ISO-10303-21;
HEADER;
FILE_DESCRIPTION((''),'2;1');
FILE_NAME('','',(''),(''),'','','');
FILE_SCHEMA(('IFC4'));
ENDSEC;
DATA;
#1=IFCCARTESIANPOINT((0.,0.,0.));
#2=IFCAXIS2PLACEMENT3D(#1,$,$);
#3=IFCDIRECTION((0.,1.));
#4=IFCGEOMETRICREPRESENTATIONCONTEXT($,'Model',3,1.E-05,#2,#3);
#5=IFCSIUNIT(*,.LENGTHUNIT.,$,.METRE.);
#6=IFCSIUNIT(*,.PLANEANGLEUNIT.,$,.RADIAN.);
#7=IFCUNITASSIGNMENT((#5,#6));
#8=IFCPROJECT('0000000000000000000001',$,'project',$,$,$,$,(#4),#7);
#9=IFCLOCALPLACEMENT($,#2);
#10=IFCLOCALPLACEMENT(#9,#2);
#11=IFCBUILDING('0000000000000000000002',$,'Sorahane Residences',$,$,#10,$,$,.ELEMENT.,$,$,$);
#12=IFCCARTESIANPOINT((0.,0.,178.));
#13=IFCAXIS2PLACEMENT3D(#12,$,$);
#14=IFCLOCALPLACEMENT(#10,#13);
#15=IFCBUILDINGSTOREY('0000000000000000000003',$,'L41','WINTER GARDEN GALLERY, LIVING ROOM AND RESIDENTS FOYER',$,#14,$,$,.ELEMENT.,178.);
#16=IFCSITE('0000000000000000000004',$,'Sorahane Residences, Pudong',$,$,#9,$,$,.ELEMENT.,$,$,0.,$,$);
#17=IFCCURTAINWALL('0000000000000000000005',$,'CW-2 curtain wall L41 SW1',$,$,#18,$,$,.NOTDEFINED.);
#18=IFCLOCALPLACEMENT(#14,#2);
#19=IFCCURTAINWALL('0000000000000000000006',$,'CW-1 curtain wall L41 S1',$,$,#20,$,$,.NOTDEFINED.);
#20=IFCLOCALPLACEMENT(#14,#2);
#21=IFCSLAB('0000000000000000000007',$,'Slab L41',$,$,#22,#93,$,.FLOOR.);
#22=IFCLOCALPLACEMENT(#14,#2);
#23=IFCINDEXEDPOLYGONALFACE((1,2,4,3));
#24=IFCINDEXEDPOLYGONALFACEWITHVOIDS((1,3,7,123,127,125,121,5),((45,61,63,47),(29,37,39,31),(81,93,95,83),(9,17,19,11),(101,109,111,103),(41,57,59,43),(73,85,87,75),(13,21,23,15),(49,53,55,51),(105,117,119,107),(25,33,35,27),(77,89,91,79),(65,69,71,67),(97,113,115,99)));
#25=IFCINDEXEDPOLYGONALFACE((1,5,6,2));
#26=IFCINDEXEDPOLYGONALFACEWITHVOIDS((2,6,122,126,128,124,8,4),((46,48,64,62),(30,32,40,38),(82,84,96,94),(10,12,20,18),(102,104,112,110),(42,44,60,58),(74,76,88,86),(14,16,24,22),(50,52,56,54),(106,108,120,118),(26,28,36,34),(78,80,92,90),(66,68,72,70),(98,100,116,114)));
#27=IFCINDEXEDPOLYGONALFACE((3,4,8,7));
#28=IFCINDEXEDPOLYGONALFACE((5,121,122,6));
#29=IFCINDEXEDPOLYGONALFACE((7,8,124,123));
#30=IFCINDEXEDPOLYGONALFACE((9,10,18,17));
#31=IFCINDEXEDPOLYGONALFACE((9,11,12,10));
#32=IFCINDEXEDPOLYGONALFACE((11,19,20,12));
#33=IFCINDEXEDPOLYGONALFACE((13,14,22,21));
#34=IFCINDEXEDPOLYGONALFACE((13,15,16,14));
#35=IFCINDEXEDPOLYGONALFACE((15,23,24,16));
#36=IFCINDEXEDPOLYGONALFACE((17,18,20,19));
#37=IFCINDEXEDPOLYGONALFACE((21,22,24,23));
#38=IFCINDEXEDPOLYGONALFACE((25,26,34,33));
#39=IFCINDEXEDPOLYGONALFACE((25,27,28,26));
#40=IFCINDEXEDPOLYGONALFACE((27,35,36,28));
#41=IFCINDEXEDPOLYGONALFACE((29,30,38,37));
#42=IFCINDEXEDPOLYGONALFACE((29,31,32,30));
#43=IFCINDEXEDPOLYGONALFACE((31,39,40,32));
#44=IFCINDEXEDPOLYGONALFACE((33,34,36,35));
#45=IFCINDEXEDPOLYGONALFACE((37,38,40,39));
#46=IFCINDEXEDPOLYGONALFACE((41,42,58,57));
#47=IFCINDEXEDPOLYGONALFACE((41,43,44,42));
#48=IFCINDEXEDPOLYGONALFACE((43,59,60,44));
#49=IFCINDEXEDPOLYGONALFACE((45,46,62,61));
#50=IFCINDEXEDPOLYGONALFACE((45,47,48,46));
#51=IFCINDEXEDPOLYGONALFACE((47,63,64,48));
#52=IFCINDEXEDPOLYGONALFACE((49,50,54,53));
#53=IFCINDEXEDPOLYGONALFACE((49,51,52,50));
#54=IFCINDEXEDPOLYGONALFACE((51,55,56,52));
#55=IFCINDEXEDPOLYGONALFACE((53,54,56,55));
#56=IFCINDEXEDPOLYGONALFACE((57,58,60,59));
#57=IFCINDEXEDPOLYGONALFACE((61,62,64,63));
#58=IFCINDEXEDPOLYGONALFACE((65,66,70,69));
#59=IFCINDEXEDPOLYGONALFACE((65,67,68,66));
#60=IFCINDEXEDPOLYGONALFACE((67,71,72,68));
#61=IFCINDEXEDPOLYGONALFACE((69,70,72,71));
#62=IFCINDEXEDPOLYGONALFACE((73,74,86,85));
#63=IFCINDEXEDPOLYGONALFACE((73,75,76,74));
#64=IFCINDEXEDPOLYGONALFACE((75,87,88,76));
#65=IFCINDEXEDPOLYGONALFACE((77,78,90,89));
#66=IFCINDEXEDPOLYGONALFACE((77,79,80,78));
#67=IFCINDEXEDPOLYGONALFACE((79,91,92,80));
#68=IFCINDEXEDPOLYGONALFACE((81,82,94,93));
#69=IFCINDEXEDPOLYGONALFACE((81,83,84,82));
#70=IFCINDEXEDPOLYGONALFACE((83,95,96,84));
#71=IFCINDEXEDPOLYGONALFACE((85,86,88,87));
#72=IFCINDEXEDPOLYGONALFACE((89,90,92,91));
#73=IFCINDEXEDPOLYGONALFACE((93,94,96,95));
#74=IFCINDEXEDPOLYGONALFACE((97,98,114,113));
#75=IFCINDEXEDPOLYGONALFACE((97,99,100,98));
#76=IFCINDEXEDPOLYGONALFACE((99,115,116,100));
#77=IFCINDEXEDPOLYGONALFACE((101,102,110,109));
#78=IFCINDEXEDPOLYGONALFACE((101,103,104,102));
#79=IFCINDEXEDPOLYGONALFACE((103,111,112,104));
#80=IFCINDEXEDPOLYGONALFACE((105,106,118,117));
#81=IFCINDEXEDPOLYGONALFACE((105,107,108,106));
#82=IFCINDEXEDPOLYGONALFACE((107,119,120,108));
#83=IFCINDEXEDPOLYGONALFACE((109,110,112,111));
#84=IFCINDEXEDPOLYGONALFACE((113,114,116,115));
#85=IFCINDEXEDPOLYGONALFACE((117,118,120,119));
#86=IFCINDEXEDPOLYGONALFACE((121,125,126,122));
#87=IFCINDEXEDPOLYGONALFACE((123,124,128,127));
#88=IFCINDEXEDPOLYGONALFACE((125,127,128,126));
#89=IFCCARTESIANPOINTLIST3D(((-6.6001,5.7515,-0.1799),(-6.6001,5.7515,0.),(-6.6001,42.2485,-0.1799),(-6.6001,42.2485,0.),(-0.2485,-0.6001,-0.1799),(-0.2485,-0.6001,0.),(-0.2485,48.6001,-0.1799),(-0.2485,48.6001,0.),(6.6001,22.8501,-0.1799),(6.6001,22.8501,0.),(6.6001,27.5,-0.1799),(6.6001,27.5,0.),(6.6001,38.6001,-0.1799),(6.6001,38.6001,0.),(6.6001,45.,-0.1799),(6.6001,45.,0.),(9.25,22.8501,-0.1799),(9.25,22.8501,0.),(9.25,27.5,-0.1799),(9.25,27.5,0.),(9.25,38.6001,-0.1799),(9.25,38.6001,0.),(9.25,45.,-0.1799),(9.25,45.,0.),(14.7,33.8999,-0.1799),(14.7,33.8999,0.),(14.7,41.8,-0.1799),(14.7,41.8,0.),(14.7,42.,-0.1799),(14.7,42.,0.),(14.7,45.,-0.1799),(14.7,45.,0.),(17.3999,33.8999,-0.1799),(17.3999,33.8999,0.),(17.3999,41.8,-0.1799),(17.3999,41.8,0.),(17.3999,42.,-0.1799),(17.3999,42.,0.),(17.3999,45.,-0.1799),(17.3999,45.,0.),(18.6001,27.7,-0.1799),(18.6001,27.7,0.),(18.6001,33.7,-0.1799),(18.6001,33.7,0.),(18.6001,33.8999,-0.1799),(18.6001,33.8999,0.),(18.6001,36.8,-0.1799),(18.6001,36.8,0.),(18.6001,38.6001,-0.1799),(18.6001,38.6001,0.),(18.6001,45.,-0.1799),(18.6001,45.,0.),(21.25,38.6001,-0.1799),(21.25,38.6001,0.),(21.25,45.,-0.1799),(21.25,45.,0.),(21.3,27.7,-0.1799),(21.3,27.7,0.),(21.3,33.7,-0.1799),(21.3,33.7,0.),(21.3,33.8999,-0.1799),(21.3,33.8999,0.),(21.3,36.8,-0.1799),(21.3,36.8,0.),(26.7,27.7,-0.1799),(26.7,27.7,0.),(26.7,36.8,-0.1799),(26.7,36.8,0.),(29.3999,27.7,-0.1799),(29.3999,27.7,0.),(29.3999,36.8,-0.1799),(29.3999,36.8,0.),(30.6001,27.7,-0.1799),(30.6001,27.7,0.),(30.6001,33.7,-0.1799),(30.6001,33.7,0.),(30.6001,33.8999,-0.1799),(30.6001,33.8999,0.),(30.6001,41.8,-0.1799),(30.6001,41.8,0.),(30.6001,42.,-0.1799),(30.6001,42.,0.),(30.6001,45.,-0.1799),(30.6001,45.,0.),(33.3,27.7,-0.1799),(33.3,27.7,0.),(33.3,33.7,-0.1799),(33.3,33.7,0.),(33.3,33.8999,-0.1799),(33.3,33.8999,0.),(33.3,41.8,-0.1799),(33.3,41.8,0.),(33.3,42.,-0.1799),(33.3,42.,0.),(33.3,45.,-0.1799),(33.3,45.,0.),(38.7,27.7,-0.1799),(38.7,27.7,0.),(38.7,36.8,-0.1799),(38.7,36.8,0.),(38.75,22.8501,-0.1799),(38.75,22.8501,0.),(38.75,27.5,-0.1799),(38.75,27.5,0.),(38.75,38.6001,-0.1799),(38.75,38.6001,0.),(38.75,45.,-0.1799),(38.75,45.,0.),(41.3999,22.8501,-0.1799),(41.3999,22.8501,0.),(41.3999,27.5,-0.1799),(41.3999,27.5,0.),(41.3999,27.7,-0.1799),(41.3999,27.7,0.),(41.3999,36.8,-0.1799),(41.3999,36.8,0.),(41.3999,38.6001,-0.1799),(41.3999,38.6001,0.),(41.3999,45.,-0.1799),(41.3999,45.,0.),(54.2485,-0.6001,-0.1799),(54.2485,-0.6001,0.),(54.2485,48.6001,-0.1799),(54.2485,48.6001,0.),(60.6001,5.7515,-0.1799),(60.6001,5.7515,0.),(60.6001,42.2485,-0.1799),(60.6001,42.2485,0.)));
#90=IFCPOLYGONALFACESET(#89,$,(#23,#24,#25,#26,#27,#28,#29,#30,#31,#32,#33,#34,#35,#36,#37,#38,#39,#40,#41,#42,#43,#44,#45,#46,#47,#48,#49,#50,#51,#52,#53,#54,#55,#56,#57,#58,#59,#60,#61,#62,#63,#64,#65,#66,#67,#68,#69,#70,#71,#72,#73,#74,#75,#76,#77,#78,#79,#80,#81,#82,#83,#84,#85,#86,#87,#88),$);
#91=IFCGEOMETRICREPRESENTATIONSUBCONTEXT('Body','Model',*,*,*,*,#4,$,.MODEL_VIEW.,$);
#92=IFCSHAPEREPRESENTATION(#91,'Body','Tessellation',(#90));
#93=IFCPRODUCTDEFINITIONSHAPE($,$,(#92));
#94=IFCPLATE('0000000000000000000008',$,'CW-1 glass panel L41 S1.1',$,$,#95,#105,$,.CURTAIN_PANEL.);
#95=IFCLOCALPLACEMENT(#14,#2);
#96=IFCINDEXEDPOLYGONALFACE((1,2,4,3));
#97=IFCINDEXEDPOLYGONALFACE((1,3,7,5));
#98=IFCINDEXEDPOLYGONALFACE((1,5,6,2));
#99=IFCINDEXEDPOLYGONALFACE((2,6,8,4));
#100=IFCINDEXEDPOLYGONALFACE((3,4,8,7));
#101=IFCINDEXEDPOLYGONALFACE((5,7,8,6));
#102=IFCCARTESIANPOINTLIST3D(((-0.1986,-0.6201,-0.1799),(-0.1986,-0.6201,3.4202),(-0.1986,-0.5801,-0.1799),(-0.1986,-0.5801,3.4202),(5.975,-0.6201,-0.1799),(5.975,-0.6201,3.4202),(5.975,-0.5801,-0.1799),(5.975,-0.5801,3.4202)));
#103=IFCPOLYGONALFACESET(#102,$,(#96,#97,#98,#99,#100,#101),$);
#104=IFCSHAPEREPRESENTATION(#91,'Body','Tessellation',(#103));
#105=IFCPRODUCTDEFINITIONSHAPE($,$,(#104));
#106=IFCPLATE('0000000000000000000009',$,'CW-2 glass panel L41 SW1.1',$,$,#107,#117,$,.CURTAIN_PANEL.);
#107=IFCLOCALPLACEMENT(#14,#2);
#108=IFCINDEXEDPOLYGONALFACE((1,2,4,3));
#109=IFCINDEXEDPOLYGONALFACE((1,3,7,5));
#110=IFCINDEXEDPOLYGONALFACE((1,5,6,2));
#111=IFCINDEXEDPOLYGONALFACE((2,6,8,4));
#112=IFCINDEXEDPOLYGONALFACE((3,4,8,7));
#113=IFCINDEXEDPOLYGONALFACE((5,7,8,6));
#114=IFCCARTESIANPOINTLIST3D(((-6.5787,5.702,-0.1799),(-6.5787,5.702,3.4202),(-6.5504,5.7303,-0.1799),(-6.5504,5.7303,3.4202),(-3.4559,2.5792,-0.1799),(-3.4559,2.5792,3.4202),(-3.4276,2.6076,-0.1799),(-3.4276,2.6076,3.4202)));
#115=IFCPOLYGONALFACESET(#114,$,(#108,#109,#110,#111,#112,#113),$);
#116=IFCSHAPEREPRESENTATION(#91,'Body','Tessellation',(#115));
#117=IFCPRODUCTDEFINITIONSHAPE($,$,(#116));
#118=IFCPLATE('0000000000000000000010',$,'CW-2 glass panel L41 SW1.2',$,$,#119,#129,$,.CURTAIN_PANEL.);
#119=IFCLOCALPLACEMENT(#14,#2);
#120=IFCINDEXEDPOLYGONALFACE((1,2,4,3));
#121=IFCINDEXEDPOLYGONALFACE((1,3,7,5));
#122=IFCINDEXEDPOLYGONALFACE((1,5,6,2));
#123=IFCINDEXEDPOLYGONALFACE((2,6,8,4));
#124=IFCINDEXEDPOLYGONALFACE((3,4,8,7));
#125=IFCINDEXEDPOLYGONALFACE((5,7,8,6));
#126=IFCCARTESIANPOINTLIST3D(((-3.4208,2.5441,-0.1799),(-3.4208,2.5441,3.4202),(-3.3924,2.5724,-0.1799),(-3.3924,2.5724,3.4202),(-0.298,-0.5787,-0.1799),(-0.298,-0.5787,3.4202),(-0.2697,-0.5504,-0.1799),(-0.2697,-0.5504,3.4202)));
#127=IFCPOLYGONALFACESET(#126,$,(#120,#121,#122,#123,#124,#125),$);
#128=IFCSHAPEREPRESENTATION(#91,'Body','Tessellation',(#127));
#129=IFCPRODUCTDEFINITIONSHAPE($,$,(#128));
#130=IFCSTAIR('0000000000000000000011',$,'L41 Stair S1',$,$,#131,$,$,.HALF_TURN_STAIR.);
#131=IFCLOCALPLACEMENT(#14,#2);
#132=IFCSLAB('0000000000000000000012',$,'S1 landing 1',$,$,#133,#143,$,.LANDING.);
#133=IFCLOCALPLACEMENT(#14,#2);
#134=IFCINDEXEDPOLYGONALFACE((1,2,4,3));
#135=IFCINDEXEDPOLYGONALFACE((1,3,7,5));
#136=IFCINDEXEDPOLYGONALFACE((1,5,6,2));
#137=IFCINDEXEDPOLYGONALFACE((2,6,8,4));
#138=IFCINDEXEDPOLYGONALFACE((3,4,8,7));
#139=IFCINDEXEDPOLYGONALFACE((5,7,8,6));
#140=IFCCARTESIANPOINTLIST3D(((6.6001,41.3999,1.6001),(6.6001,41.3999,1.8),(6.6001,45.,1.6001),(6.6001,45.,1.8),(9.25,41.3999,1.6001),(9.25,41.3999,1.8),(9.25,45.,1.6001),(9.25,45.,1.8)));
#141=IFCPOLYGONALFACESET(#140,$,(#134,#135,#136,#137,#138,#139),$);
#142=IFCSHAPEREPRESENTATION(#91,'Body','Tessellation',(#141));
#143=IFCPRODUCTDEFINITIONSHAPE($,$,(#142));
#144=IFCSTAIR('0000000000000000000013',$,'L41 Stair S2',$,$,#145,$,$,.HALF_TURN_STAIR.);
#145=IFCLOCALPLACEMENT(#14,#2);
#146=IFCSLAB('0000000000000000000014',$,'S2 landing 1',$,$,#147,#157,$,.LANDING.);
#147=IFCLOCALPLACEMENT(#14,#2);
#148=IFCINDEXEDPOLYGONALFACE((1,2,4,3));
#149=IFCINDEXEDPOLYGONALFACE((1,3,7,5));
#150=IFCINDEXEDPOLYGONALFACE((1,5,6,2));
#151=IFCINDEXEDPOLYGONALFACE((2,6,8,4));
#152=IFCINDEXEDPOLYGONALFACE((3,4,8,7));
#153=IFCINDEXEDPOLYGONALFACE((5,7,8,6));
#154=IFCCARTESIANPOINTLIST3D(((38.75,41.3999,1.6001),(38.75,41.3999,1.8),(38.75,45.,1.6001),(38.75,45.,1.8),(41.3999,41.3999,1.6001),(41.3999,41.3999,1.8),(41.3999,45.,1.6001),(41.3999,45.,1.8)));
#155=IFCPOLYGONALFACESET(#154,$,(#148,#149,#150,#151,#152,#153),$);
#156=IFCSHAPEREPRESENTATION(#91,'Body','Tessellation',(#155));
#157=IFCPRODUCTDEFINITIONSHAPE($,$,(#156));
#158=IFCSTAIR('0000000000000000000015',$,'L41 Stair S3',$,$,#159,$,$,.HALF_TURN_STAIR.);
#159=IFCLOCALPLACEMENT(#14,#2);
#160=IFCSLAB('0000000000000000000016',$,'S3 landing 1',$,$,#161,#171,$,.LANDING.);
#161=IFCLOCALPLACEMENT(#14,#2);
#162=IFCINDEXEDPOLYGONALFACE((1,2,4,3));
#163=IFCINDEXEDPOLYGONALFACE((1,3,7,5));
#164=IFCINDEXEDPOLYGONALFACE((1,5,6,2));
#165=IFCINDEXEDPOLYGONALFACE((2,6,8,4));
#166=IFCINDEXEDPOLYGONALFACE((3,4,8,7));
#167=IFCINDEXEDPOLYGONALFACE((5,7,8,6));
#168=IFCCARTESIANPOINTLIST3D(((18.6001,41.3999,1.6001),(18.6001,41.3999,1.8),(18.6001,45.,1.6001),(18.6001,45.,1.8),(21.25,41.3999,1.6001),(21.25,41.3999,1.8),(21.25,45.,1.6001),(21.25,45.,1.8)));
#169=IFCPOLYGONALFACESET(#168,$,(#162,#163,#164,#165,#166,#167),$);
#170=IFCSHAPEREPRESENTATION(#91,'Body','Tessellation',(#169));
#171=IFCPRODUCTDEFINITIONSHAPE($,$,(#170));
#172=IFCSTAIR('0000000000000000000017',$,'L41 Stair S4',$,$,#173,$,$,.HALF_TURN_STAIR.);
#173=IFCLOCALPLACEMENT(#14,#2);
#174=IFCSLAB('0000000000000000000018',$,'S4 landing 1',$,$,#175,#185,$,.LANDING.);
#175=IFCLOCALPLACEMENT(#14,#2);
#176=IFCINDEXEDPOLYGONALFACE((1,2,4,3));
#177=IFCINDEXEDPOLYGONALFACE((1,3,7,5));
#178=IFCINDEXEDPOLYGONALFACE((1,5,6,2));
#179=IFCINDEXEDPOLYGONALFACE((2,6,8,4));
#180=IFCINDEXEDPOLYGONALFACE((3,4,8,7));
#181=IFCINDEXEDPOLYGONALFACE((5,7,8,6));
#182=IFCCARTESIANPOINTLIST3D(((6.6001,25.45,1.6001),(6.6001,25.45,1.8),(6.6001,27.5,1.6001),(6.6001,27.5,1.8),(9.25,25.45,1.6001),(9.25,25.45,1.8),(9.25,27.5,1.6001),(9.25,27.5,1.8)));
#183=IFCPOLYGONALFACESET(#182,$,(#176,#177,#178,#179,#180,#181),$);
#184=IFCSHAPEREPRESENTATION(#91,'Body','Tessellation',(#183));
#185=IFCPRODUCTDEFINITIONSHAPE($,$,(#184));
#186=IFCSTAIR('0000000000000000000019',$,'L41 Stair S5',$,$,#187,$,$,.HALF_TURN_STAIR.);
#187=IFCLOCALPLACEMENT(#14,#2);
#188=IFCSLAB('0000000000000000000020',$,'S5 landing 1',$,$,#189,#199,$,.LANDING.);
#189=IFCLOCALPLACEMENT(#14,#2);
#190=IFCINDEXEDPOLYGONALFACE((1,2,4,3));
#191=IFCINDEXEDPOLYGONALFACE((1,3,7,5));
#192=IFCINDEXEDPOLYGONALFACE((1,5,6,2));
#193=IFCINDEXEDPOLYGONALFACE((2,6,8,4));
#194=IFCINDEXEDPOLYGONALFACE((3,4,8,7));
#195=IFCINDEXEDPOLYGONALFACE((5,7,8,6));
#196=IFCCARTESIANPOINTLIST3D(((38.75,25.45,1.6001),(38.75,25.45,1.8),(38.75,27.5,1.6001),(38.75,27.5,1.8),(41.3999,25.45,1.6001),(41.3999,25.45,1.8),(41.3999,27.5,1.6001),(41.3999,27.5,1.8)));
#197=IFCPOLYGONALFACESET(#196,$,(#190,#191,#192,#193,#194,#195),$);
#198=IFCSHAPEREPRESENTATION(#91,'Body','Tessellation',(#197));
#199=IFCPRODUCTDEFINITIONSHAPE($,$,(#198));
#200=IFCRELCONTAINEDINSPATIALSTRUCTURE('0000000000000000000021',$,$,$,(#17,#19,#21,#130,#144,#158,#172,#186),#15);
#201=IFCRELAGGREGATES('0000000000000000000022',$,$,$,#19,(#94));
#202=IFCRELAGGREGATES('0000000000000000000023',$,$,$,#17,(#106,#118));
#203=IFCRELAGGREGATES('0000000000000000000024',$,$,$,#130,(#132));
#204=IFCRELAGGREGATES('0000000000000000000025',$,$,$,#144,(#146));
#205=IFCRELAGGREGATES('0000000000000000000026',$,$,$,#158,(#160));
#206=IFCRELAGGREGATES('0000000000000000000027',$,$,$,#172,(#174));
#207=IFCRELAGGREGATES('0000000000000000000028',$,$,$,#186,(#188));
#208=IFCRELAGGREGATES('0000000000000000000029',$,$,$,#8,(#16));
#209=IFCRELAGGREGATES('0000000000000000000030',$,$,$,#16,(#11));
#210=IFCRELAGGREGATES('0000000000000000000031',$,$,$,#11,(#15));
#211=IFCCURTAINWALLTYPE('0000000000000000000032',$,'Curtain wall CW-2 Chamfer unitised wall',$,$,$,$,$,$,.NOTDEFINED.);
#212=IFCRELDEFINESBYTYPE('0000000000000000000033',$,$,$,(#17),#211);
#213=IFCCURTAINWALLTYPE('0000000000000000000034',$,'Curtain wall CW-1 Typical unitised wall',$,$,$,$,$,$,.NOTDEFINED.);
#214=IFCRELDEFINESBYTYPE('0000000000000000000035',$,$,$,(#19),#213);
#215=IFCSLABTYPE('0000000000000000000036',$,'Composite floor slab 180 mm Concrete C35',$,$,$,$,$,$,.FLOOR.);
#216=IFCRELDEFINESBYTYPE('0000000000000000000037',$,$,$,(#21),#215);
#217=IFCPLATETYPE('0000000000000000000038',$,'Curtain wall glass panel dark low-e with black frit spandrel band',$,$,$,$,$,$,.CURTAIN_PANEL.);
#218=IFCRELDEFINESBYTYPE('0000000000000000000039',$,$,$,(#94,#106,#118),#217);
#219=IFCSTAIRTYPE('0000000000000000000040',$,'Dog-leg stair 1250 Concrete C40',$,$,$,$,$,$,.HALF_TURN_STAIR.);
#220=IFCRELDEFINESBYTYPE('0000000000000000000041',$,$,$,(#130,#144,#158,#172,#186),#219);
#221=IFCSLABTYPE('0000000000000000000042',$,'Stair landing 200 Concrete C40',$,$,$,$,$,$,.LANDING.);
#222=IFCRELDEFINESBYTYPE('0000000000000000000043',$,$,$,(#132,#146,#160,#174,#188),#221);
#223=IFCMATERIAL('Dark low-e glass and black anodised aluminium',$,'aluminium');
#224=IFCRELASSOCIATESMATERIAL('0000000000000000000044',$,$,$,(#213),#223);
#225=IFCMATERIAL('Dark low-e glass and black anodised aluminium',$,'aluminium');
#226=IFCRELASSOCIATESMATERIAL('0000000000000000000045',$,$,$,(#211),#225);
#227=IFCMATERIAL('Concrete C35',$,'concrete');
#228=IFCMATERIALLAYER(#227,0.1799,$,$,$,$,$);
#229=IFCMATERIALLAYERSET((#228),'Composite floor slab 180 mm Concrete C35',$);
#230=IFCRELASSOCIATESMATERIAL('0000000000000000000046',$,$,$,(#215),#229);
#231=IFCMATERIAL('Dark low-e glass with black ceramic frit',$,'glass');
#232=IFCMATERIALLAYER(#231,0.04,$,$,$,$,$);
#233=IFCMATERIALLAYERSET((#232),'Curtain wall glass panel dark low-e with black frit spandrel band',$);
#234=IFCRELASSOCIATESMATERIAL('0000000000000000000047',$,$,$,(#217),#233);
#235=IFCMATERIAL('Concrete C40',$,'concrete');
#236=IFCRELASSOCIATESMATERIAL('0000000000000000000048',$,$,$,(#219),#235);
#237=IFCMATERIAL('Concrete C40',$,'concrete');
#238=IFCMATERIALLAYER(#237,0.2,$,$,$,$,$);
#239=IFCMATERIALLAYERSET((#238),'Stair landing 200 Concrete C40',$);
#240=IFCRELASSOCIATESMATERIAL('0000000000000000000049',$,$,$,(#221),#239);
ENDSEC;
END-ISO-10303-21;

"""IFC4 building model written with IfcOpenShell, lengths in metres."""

from ifc_helpers import new_model, si_unit, direction, frame, origin, origin_2d, place, context, subcontext, project, spatial, polyline, rectangle, outline, extrude, material, layer, layer_set, type_object, element, aggregate, save


model = new_model("IFC4")

# Units and contexts
model_context = context("Model", 3, precision=1e-05, world=origin(), true_north=direction((0.0, 1.0)))
body_context = subcontext(model_context, "Body", "Model", "MODEL_VIEW")
ifc_project = project(units=[si_unit("LENGTHUNIT", "METRE"), si_unit("PLANEANGLEUNIT", "RADIAN")], contexts=[model_context])

# Site, building, storey
site_placement = place(None, origin())
site = spatial("IfcSite", under=ifc_project, at=site_placement, Name="Sorahane Residences, Pudong", CompositionType="ELEMENT", RefElevation=0.0)
building_placement = place(site_placement, origin())
building = spatial("IfcBuilding", under=site, at=building_placement, Name="Sorahane Residences", CompositionType="ELEMENT")
storey_placement = place(building_placement, frame((0.0, 0.0, 178.0)))
storey = spatial("IfcBuildingStorey", under=building, at=storey_placement, Name="L41", Description="WINTER GARDEN GALLERY, LIVING ROOM AND RESIDENTS FOYER", CompositionType="ELEMENT", Elevation=178.0)

# Shared definitions
ifc_material_1 = material(Name="Dark low-e glass and black anodised aluminium", Category="aluminium")
curtain_wall_type_1 = type_object("IfcCurtainWallType", Name="Curtain wall CW-1 Typical unitised wall", PredefinedType="NOTDEFINED", material=ifc_material_1)

# Curtain wall
ifc_material_2 = material(Name="Dark low-e glass and black anodised aluminium", Category="aluminium")
curtain_wall_type_2 = type_object("IfcCurtainWallType", Name="Curtain wall CW-2 Chamfer unitised wall", PredefinedType="NOTDEFINED", material=ifc_material_2)
curtain_wall_1_placement = place(storey_placement, origin())
curtain_wall_1 = element("IfcCurtainWall", 1, at=curtain_wall_1_placement, inside=storey, type_object=curtain_wall_type_2, Name="CW-2 curtain wall L41 SW1", PredefinedType="NOTDEFINED")

# Curtain wall
curtain_wall_2_placement = place(storey_placement, origin())
curtain_wall_2 = element("IfcCurtainWall", 2, at=curtain_wall_2_placement, inside=storey, type_object=curtain_wall_type_1, Name="CW-1 curtain wall L41 S1", PredefinedType="NOTDEFINED")

# Slab
ifc_material_3 = material(Name="Concrete C35", Category="concrete")
ifc_layer_1 = layer(ifc_material_3, 0.1799)
ifc_layer_set_1 = layer_set([ifc_layer_1], Name="Composite floor slab 180 mm Concrete C35")
slab_type_1 = type_object("IfcSlabType", Name="Composite floor slab 180 mm Concrete C35", PredefinedType="FLOOR", material=ifc_layer_set_1)
slab_1_placement = place(storey_placement, frame((0.0, 0.0, -0.1799)))
element("IfcSlab", 3, at=slab_1_placement, inside=storey, type_object=slab_type_1, Name="Slab L41", PredefinedType="FLOOR", context=body_context, shape_type="SweptSolid", body=[
    extrude(outline(polyline([(-0.2485, -0.6001), (-6.6001, 5.7515), (-6.6001, 42.2485), (-0.2485, 48.6001), (54.2485, 48.6001), (60.6001, 42.2485), (60.6001, 5.7515), (54.2485, -0.6001), (-0.2485, -0.6001)]), holes=[polyline([(18.6001, 27.7), (21.3, 27.7), (21.3, 33.7), (18.6001, 33.7), (18.6001, 27.7)]), polyline([(38.7, 27.7), (41.3999, 27.7), (41.3999, 36.8), (38.7, 36.8), (38.7, 27.7)]), polyline([(30.6001, 27.7), (33.3, 27.7), (33.3, 33.7), (30.6001, 33.7), (30.6001, 27.7)]), polyline([(30.6001, 42.0), (33.3, 42.0), (33.3, 45.0), (30.6001, 45.0), (30.6001, 42.0)]), polyline([(14.7, 42.0), (17.3999, 42.0), (17.3999, 45.0), (14.7, 45.0), (14.7, 42.0)]), polyline([(9.25, 38.6001), (9.25, 45.0), (6.6001, 45.0), (6.6001, 38.6001), (9.25, 38.6001)]), polyline([(41.3999, 38.6001), (41.3999, 45.0), (38.75, 45.0), (38.75, 38.6001), (41.3999, 38.6001)]), polyline([(21.25, 38.6001), (21.25, 45.0), (18.6001, 45.0), (18.6001, 38.6001), (21.25, 38.6001)]), polyline([(9.25, 22.8501), (9.25, 27.5), (6.6001, 27.5), (6.6001, 22.8501), (9.25, 22.8501)]), polyline([(41.3999, 22.8501), (41.3999, 27.5), (38.75, 27.5), (38.75, 22.8501), (41.3999, 22.8501)]), polyline([(14.7, 33.8999), (17.3999, 33.8999), (17.3999, 41.8), (14.7, 41.8), (14.7, 33.8999)]), polyline([(30.6001, 33.8999), (33.3, 33.8999), (33.3, 41.8), (30.6001, 41.8), (30.6001, 33.8999)]), polyline([(18.6001, 33.8999), (21.3, 33.8999), (21.3, 36.8), (18.6001, 36.8), (18.6001, 33.8999)]), polyline([(26.7, 27.7), (29.3999, 27.7), (29.3999, 36.8), (26.7, 36.8), (26.7, 27.7)])]), origin(), (0.0, 0.0, 1.0), 0.1799),
])

# Plates
ifc_material_4 = material(Name="Dark low-e glass with black ceramic frit", Category="glass")
ifc_layer_2 = layer(ifc_material_4, 0.04)
ifc_layer_set_2 = layer_set([ifc_layer_2], Name="Curtain wall glass panel dark low-e with black frit spandrel band")
plate_type = type_object("IfcPlateType", Name="Curtain wall glass panel dark low-e with black frit spandrel band", PredefinedType="CURTAIN_PANEL", material=ifc_layer_set_2)
plate_1_placement = place(storey_placement, frame((2.8882, -0.6001, -0.1799), z_axis=(0.0, 0.0, 1.0), x_axis=(1.0, 0.0, 0.0)))
plate_1 = element("IfcPlate", 4, at=plate_1_placement, type_object=plate_type, Name="CW-1 glass panel L41 S1.1", PredefinedType="CURTAIN_PANEL", context=body_context, shape_type="SweptSolid", body=[
    extrude(rectangle(XDim=6.1736, YDim=0.04, at=origin_2d()), origin(), (0.0, 0.0, 1.0), 3.6001),
])
aggregate(curtain_wall_2, [plate_1])
plate_2_placement = place(storey_placement, frame((-5.0032, 4.1548, -0.1799), z_axis=(0.0, 0.0, 1.0), x_axis=(0.707107, -0.707107, 0.0)))
plate_2 = element("IfcPlate", 5, at=plate_2_placement, type_object=plate_type, Name="CW-2 glass panel L41 SW1.1", PredefinedType="CURTAIN_PANEL", context=body_context, shape_type="SweptSolid", body=[
    extrude(rectangle(XDim=4.4163, YDim=0.04, at=origin_2d()), origin(), (0.0, 0.0, 1.0), 3.6001),
])
plate_3_placement = place(storey_placement, frame((-1.8452, 0.9968, -0.1799), z_axis=(0.0, 0.0, 1.0), x_axis=(0.707107, -0.707107, 0.0)))
plate_3 = element("IfcPlate", 6, at=plate_3_placement, type_object=plate_type, Name="CW-2 glass panel L41 SW1.2", PredefinedType="CURTAIN_PANEL", context=body_context, shape_type="SweptSolid", body=[
    extrude(rectangle(XDim=4.4163, YDim=0.04, at=origin_2d()), origin(), (0.0, 0.0, 1.0), 3.6001),
])
aggregate(curtain_wall_1, [plate_2, plate_3])

# Stairs, slabs
ifc_material_5 = material(Name="Concrete C40", Category="concrete")
stair_type = type_object("IfcStairType", Name="Dog-leg stair 1250 Concrete C40", PredefinedType="HALF_TURN_STAIR", material=ifc_material_5)
stair_1_placement = place(storey_placement, origin())
stair_1 = element("IfcStair", 7, at=stair_1_placement, inside=storey, type_object=stair_type, Name="L41 Stair S1", PredefinedType="HALF_TURN_STAIR")
ifc_material_6 = material(Name="Concrete C40", Category="concrete")
ifc_layer_3 = layer(ifc_material_6, 0.2)
ifc_layer_set_3 = layer_set([ifc_layer_3], Name="Stair landing 200 Concrete C40")
slab_type_2 = type_object("IfcSlabType", Name="Stair landing 200 Concrete C40", PredefinedType="LANDING", material=ifc_layer_set_3)
slab_2_placement = place(storey_placement, frame((0.0, 0.0, 1.6001)))
slab_2 = element("IfcSlab", 8, at=slab_2_placement, type_object=slab_type_2, Name="S1 landing 1", PredefinedType="LANDING", context=body_context, shape_type="SweptSolid", body=[
    extrude(outline(polyline([(9.25, 41.3999), (9.25, 45.0), (6.6001, 45.0), (6.6001, 41.3999), (9.25, 41.3999)])), origin(), (0.0, 0.0, 1.0), 0.2),
])
aggregate(stair_1, [slab_2])
stair_2_placement = place(storey_placement, origin())
stair_2 = element("IfcStair", 9, at=stair_2_placement, inside=storey, type_object=stair_type, Name="L41 Stair S2", PredefinedType="HALF_TURN_STAIR")
slab_3_placement = place(storey_placement, frame((0.0, 0.0, 1.6001)))
slab_3 = element("IfcSlab", 10, at=slab_3_placement, type_object=slab_type_2, Name="S2 landing 1", PredefinedType="LANDING", context=body_context, shape_type="SweptSolid", body=[
    extrude(outline(polyline([(41.3999, 41.3999), (41.3999, 45.0), (38.75, 45.0), (38.75, 41.3999), (41.3999, 41.3999)])), origin(), (0.0, 0.0, 1.0), 0.2),
])
aggregate(stair_2, [slab_3])
stair_3_placement = place(storey_placement, origin())
stair_3 = element("IfcStair", 11, at=stair_3_placement, inside=storey, type_object=stair_type, Name="L41 Stair S3", PredefinedType="HALF_TURN_STAIR")
slab_4_placement = place(storey_placement, frame((0.0, 0.0, 1.6001)))
slab_4 = element("IfcSlab", 12, at=slab_4_placement, type_object=slab_type_2, Name="S3 landing 1", PredefinedType="LANDING", context=body_context, shape_type="SweptSolid", body=[
    extrude(outline(polyline([(21.25, 41.3999), (21.25, 45.0), (18.6001, 45.0), (18.6001, 41.3999), (21.25, 41.3999)])), origin(), (0.0, 0.0, 1.0), 0.2),
])
aggregate(stair_3, [slab_4])
stair_4_placement = place(storey_placement, origin())
stair_4 = element("IfcStair", 13, at=stair_4_placement, inside=storey, type_object=stair_type, Name="L41 Stair S4", PredefinedType="HALF_TURN_STAIR")
slab_5_placement = place(storey_placement, frame((0.0, 0.0, 1.6001)))
slab_5 = element("IfcSlab", 14, at=slab_5_placement, type_object=slab_type_2, Name="S4 landing 1", PredefinedType="LANDING", context=body_context, shape_type="SweptSolid", body=[
    extrude(outline(polyline([(9.25, 25.45), (9.25, 27.5), (6.6001, 27.5), (6.6001, 25.45), (9.25, 25.45)])), origin(), (0.0, 0.0, 1.0), 0.2),
])
aggregate(stair_4, [slab_5])
stair_5_placement = place(storey_placement, origin())
stair_5 = element("IfcStair", 15, at=stair_5_placement, inside=storey, type_object=stair_type, Name="L41 Stair S5", PredefinedType="HALF_TURN_STAIR")
slab_6_placement = place(storey_placement, frame((0.0, 0.0, 1.6001)))
slab_6 = element("IfcSlab", 16, at=slab_6_placement, type_object=slab_type_2, Name="S5 landing 1", PredefinedType="LANDING", context=body_context, shape_type="SweptSolid", body=[
    extrude(outline(polyline([(41.3999, 25.45), (41.3999, 27.5), (38.75, 27.5), (38.75, 25.45), (41.3999, 25.45)])), origin(), (0.0, 0.0, 1.0), 0.2),
])
aggregate(stair_5, [slab_6])

save(model, "model.ifc")
